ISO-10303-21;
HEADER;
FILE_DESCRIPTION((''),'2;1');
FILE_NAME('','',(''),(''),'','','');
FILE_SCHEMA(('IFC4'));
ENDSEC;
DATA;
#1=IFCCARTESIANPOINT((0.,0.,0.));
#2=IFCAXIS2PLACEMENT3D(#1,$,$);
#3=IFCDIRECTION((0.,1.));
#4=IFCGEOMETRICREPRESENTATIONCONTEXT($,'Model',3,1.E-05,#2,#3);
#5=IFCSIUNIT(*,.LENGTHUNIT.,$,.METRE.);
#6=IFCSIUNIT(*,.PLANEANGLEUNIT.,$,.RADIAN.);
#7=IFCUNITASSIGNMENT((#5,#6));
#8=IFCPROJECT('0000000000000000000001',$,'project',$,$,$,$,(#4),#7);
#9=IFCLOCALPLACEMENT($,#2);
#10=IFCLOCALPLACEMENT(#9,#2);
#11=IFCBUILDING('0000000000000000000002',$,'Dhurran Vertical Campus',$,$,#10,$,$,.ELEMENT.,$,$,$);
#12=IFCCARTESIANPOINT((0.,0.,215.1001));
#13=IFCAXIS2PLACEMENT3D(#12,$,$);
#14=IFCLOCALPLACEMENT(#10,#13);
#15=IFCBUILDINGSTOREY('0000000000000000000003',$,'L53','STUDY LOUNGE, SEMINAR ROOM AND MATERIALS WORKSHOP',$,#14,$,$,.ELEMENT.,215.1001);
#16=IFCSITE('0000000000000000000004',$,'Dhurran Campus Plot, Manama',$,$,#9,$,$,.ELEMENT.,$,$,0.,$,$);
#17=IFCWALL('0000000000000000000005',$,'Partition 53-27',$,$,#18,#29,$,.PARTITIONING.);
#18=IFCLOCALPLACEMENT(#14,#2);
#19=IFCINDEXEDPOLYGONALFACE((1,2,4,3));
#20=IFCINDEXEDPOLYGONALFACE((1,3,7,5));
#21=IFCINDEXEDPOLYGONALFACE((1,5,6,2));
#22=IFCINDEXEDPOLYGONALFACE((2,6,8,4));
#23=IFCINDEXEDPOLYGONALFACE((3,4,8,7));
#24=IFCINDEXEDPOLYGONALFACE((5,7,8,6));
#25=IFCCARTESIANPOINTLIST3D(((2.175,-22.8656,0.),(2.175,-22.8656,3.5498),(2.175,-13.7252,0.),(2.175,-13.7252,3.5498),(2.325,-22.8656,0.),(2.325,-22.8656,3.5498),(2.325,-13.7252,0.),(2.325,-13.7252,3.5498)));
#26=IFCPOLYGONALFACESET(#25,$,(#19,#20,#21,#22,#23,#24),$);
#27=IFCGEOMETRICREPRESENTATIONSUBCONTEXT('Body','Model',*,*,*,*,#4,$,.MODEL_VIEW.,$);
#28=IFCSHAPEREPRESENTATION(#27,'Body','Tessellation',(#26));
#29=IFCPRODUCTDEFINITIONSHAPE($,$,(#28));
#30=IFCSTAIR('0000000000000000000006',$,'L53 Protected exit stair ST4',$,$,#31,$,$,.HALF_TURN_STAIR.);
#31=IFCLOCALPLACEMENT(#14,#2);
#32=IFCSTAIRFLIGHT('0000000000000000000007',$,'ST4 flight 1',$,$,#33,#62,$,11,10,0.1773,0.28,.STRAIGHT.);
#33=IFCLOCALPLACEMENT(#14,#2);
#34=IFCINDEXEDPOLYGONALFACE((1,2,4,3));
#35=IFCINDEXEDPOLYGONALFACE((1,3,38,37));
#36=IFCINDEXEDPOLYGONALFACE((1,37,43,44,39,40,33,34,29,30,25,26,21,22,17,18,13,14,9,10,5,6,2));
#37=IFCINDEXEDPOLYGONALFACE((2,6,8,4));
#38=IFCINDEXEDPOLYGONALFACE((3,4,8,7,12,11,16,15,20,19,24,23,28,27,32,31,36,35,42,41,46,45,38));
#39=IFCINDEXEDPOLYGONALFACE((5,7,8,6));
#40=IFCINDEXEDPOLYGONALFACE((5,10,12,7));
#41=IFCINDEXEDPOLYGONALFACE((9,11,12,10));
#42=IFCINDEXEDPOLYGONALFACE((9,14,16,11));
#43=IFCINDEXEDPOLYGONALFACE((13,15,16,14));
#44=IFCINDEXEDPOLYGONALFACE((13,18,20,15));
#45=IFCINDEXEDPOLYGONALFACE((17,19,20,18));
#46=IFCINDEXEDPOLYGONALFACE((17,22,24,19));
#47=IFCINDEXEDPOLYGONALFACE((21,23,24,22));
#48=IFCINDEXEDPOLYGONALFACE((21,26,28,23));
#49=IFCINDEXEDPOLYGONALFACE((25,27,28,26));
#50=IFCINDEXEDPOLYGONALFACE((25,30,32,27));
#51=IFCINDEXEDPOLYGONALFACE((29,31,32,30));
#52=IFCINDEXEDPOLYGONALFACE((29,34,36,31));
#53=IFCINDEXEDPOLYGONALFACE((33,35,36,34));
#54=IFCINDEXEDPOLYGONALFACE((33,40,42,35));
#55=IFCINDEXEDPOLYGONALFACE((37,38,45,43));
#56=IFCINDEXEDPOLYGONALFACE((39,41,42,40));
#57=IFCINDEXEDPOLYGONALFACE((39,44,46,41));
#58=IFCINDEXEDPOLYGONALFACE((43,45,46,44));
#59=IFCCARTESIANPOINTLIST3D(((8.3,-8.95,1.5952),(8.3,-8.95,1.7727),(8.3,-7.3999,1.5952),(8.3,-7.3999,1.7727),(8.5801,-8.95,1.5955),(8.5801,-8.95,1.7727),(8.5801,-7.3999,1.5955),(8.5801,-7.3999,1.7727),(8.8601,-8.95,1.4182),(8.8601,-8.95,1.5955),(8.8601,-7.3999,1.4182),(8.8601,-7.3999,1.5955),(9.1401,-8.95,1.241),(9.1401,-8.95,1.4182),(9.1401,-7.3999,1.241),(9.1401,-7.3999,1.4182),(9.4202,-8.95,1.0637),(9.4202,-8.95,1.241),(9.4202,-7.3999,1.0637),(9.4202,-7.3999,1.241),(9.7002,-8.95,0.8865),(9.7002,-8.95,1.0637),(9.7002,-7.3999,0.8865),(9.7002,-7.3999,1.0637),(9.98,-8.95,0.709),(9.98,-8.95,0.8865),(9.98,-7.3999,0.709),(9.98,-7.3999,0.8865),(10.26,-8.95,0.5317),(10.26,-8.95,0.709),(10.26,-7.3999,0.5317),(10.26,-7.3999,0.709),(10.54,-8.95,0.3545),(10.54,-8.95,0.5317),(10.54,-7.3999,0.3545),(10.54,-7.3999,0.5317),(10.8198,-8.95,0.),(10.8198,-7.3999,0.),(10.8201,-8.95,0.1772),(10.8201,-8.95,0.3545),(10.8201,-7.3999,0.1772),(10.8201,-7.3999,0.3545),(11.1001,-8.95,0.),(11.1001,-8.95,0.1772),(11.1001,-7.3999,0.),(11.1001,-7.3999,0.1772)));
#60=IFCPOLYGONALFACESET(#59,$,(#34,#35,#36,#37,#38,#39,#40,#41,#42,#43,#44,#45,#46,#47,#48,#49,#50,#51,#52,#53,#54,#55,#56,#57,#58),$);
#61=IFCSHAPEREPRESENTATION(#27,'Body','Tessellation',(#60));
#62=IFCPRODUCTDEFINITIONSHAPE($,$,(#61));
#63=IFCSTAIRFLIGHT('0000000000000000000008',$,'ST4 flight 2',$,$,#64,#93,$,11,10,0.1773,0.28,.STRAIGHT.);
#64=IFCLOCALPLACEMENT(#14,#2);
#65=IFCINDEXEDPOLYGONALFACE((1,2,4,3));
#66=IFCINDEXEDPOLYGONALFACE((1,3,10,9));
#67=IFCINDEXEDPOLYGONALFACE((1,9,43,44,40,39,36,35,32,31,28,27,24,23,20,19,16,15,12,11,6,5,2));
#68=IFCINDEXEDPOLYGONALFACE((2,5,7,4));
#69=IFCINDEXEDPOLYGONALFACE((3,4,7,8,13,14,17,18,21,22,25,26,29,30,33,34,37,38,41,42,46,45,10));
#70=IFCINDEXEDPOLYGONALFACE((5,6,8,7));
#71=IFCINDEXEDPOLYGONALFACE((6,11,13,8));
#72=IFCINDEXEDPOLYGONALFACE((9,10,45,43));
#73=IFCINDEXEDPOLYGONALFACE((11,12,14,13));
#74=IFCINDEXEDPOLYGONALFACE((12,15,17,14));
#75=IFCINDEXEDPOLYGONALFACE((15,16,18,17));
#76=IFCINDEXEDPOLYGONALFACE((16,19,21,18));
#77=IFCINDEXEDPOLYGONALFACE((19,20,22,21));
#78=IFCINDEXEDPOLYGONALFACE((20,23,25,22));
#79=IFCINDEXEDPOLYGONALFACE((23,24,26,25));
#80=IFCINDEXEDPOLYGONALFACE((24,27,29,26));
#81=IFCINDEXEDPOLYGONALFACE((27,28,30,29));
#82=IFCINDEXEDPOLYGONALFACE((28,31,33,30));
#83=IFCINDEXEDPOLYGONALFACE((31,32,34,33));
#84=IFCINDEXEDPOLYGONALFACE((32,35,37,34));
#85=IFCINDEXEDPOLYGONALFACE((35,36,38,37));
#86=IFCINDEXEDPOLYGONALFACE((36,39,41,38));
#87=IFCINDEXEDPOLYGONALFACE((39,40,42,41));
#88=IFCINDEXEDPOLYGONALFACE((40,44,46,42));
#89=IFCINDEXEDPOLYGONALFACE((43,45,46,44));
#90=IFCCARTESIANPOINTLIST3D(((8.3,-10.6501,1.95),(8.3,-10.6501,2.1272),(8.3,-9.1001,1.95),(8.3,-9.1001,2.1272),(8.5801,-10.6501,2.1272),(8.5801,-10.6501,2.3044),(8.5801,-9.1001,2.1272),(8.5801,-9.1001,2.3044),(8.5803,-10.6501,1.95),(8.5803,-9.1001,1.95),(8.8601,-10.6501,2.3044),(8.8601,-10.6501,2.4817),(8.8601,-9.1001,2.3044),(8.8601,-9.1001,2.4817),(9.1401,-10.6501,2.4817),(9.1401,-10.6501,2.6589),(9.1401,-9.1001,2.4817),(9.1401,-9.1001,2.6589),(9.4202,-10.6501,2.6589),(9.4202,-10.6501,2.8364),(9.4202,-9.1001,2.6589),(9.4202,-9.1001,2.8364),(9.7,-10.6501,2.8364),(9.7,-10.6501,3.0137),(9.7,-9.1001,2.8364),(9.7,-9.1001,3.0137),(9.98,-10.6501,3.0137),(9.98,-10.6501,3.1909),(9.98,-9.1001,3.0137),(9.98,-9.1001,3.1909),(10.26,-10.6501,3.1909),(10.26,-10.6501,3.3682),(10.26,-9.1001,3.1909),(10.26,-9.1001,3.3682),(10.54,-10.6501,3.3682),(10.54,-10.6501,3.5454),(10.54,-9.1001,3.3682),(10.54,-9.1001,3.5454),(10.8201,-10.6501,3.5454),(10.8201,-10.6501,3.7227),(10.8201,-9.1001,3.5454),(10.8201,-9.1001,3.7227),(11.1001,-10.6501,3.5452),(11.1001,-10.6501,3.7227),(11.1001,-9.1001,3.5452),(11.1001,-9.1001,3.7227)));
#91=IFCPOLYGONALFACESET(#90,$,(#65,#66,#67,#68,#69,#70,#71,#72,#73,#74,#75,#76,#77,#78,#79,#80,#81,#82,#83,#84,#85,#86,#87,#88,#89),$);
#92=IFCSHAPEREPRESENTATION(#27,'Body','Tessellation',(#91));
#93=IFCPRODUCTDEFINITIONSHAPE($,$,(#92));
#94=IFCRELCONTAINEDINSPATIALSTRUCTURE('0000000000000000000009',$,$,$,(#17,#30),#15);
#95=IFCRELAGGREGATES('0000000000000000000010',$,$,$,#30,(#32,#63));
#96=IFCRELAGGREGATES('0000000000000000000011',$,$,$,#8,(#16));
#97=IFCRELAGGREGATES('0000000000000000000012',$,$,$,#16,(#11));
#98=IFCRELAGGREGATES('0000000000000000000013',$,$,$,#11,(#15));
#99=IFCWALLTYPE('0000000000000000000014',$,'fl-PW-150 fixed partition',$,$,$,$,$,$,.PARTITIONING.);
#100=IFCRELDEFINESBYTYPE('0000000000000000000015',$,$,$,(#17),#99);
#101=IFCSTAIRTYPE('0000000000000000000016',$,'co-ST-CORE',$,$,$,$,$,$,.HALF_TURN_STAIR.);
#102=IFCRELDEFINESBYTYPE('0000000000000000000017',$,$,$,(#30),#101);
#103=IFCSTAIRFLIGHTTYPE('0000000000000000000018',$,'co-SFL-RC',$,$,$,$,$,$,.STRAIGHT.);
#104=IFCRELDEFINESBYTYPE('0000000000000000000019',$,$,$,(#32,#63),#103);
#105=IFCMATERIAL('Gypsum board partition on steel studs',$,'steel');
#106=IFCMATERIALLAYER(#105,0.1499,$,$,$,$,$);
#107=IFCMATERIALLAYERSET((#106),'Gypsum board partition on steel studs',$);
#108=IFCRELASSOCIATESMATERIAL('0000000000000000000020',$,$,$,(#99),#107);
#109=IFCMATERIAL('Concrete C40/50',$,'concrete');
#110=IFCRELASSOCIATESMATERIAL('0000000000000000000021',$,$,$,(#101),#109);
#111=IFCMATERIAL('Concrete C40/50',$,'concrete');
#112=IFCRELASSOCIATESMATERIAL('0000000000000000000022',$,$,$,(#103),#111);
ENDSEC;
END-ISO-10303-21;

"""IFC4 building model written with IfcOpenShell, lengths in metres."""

from ifc_helpers import new_model, si_unit, direction, frame, frame_2d, origin, place, context, subcontext, project, spatial, polyline, rectangle, outline, extrude, material, layer, layer_set, type_object, element, aggregate, save


model = new_model("IFC4")

# Units and contexts
model_context = context("Model", 3, precision=1e-05, world=origin(), true_north=direction((0.0, 1.0)))
body_context = subcontext(model_context, "Body", "Model", "MODEL_VIEW")
ifc_project = project(units=[si_unit("LENGTHUNIT", "METRE"), si_unit("PLANEANGLEUNIT", "RADIAN")], contexts=[model_context])

# Site, building, storey
site_placement = place(None, origin())
site = spatial("IfcSite", under=ifc_project, at=site_placement, Name="Dhurran Campus Plot, Manama", CompositionType="ELEMENT", RefElevation=0.0)
building_placement = place(site_placement, origin())
building = spatial("IfcBuilding", under=site, at=building_placement, Name="Dhurran Vertical Campus", CompositionType="ELEMENT")
storey_placement = place(building_placement, frame((0.0, 0.0, 215.1001)))
storey = spatial("IfcBuildingStorey", under=building, at=storey_placement, Name="L53", Description="STUDY LOUNGE, SEMINAR ROOM AND MATERIALS WORKSHOP", CompositionType="ELEMENT", Elevation=215.1001)

# Wall
ifc_material_1 = material(Name="Gypsum board partition on steel studs", Category="steel")
ifc_layer_1 = layer(ifc_material_1, 0.1499)
ifc_layer_set_1 = layer_set([ifc_layer_1], Name="Gypsum board partition on steel studs")
wall_type_1 = type_object("IfcWallType", Name="fl-PW-150 fixed partition", PredefinedType="PARTITIONING", material=ifc_layer_set_1)
wall_1_placement = place(storey_placement, frame((2.25, -13.7251, 0.0), z_axis=(0.0, 0.0, 1.0), x_axis=(0.0, -1.0, 0.0)))
element("IfcWall", 1, at=wall_1_placement, inside=storey, type_object=wall_type_1, Name="Partition 53-27", PredefinedType="PARTITIONING", context=body_context, shape_type="SweptSolid", body=[
    extrude(rectangle(XDim=9.1404, YDim=0.1499, at=frame_2d((4.5703, 0.0))), origin(), (0.0, 0.0, 1.0), 3.5498),
])

# Stair, stair flights
ifc_material_2 = material(Name="Concrete C40/50", Category="concrete")
stair_type = type_object("IfcStairType", Name="co-ST-CORE", PredefinedType="HALF_TURN_STAIR", material=ifc_material_2)
stair_placement = place(storey_placement, origin())
stair = element("IfcStair", 2, at=stair_placement, inside=storey, type_object=stair_type, Name="L53 Protected exit stair ST4", PredefinedType="HALF_TURN_STAIR")
ifc_material_3 = material(Name="Concrete C40/50", Category="concrete")
stair_flight_type = type_object("IfcStairFlightType", Name="co-SFL-RC", PredefinedType="STRAIGHT", material=ifc_material_3)
stair_flight_1_placement = place(storey_placement, frame((11.1001, -8.175, 0.0), z_axis=(0.0, 0.0, 1.0), x_axis=(-1.0, 0.0, 0.0)))
stair_flight_1 = element("IfcStairFlight", 3, at=stair_flight_1_placement, type_object=stair_flight_type, Name="ST4 flight 1", NumberOfRisers=11, NumberOfTreads=10, PredefinedType="STRAIGHT", RiserHeight=0.1773, TreadLength=0.28, context=body_context, shape_type="SweptSolid", body=[
    extrude(outline(polyline([(0.0, 0.0), (0.0, 0.1772), (0.28, 0.1772), (0.28, 0.3545), (0.5601, 0.3545), (0.5601, 0.5317), (0.8401, 0.5317), (0.8401, 0.709), (1.1201, 0.709), (1.1201, 0.8865), (1.3999, 0.8865), (1.3999, 1.0637), (1.6799, 1.0637), (1.6799, 1.241), (1.96, 1.241), (1.96, 1.4182), (2.24, 1.4182), (2.24, 1.5955), (2.52, 1.5955), (2.52, 1.7727), (2.8, 1.7727), (2.8, 1.95), (2.8, 1.5952), (0.2803, 0.0), (0.0, 0.0)])), frame((0.0, 0.7749, 0.0), z_axis=(0.0, -1.0, 0.0), x_axis=(1.0, 0.0, 0.0)), (0.0, 0.0, 1.0), 1.55),
])
stair_flight_2_placement = place(storey_placement, frame((8.3, -9.875, 1.95), z_axis=(0.0, 0.0, 1.0), x_axis=(1.0, 0.0, 0.0)))
stair_flight_2 = element("IfcStairFlight", 4, at=stair_flight_2_placement, type_object=stair_flight_type, Name="ST4 flight 2", NumberOfRisers=11, NumberOfTreads=10, PredefinedType="STRAIGHT", RiserHeight=0.1773, TreadLength=0.28, context=body_context, shape_type="SweptSolid", body=[
    extrude(outline(polyline([(0.0, 0.0), (0.0, 0.1772), (0.28, 0.1772), (0.28, 0.3545), (0.5601, 0.3545), (0.5601, 0.5317), (0.8401, 0.5317), (0.8401, 0.709), (1.1201, 0.709), (1.1201, 0.8865), (1.3999, 0.8865), (1.3999, 1.0637), (1.6799, 1.0637), (1.6799, 1.241), (1.96, 1.241), (1.96, 1.4182), (2.24, 1.4182), (2.24, 1.5955), (2.52, 1.5955), (2.52, 1.7727), (2.8, 1.7727), (2.8, 1.95), (2.8, 1.5952), (0.2803, 0.0), (0.0, 0.0)])), frame((0.0, 0.7749, 0.0), z_axis=(0.0, -1.0, 0.0), x_axis=(1.0, 0.0, 0.0)), (0.0, 0.0, 1.0), 1.55),
])
aggregate(stair, [stair_flight_1, stair_flight_2])

save(model, "model.ifc")
